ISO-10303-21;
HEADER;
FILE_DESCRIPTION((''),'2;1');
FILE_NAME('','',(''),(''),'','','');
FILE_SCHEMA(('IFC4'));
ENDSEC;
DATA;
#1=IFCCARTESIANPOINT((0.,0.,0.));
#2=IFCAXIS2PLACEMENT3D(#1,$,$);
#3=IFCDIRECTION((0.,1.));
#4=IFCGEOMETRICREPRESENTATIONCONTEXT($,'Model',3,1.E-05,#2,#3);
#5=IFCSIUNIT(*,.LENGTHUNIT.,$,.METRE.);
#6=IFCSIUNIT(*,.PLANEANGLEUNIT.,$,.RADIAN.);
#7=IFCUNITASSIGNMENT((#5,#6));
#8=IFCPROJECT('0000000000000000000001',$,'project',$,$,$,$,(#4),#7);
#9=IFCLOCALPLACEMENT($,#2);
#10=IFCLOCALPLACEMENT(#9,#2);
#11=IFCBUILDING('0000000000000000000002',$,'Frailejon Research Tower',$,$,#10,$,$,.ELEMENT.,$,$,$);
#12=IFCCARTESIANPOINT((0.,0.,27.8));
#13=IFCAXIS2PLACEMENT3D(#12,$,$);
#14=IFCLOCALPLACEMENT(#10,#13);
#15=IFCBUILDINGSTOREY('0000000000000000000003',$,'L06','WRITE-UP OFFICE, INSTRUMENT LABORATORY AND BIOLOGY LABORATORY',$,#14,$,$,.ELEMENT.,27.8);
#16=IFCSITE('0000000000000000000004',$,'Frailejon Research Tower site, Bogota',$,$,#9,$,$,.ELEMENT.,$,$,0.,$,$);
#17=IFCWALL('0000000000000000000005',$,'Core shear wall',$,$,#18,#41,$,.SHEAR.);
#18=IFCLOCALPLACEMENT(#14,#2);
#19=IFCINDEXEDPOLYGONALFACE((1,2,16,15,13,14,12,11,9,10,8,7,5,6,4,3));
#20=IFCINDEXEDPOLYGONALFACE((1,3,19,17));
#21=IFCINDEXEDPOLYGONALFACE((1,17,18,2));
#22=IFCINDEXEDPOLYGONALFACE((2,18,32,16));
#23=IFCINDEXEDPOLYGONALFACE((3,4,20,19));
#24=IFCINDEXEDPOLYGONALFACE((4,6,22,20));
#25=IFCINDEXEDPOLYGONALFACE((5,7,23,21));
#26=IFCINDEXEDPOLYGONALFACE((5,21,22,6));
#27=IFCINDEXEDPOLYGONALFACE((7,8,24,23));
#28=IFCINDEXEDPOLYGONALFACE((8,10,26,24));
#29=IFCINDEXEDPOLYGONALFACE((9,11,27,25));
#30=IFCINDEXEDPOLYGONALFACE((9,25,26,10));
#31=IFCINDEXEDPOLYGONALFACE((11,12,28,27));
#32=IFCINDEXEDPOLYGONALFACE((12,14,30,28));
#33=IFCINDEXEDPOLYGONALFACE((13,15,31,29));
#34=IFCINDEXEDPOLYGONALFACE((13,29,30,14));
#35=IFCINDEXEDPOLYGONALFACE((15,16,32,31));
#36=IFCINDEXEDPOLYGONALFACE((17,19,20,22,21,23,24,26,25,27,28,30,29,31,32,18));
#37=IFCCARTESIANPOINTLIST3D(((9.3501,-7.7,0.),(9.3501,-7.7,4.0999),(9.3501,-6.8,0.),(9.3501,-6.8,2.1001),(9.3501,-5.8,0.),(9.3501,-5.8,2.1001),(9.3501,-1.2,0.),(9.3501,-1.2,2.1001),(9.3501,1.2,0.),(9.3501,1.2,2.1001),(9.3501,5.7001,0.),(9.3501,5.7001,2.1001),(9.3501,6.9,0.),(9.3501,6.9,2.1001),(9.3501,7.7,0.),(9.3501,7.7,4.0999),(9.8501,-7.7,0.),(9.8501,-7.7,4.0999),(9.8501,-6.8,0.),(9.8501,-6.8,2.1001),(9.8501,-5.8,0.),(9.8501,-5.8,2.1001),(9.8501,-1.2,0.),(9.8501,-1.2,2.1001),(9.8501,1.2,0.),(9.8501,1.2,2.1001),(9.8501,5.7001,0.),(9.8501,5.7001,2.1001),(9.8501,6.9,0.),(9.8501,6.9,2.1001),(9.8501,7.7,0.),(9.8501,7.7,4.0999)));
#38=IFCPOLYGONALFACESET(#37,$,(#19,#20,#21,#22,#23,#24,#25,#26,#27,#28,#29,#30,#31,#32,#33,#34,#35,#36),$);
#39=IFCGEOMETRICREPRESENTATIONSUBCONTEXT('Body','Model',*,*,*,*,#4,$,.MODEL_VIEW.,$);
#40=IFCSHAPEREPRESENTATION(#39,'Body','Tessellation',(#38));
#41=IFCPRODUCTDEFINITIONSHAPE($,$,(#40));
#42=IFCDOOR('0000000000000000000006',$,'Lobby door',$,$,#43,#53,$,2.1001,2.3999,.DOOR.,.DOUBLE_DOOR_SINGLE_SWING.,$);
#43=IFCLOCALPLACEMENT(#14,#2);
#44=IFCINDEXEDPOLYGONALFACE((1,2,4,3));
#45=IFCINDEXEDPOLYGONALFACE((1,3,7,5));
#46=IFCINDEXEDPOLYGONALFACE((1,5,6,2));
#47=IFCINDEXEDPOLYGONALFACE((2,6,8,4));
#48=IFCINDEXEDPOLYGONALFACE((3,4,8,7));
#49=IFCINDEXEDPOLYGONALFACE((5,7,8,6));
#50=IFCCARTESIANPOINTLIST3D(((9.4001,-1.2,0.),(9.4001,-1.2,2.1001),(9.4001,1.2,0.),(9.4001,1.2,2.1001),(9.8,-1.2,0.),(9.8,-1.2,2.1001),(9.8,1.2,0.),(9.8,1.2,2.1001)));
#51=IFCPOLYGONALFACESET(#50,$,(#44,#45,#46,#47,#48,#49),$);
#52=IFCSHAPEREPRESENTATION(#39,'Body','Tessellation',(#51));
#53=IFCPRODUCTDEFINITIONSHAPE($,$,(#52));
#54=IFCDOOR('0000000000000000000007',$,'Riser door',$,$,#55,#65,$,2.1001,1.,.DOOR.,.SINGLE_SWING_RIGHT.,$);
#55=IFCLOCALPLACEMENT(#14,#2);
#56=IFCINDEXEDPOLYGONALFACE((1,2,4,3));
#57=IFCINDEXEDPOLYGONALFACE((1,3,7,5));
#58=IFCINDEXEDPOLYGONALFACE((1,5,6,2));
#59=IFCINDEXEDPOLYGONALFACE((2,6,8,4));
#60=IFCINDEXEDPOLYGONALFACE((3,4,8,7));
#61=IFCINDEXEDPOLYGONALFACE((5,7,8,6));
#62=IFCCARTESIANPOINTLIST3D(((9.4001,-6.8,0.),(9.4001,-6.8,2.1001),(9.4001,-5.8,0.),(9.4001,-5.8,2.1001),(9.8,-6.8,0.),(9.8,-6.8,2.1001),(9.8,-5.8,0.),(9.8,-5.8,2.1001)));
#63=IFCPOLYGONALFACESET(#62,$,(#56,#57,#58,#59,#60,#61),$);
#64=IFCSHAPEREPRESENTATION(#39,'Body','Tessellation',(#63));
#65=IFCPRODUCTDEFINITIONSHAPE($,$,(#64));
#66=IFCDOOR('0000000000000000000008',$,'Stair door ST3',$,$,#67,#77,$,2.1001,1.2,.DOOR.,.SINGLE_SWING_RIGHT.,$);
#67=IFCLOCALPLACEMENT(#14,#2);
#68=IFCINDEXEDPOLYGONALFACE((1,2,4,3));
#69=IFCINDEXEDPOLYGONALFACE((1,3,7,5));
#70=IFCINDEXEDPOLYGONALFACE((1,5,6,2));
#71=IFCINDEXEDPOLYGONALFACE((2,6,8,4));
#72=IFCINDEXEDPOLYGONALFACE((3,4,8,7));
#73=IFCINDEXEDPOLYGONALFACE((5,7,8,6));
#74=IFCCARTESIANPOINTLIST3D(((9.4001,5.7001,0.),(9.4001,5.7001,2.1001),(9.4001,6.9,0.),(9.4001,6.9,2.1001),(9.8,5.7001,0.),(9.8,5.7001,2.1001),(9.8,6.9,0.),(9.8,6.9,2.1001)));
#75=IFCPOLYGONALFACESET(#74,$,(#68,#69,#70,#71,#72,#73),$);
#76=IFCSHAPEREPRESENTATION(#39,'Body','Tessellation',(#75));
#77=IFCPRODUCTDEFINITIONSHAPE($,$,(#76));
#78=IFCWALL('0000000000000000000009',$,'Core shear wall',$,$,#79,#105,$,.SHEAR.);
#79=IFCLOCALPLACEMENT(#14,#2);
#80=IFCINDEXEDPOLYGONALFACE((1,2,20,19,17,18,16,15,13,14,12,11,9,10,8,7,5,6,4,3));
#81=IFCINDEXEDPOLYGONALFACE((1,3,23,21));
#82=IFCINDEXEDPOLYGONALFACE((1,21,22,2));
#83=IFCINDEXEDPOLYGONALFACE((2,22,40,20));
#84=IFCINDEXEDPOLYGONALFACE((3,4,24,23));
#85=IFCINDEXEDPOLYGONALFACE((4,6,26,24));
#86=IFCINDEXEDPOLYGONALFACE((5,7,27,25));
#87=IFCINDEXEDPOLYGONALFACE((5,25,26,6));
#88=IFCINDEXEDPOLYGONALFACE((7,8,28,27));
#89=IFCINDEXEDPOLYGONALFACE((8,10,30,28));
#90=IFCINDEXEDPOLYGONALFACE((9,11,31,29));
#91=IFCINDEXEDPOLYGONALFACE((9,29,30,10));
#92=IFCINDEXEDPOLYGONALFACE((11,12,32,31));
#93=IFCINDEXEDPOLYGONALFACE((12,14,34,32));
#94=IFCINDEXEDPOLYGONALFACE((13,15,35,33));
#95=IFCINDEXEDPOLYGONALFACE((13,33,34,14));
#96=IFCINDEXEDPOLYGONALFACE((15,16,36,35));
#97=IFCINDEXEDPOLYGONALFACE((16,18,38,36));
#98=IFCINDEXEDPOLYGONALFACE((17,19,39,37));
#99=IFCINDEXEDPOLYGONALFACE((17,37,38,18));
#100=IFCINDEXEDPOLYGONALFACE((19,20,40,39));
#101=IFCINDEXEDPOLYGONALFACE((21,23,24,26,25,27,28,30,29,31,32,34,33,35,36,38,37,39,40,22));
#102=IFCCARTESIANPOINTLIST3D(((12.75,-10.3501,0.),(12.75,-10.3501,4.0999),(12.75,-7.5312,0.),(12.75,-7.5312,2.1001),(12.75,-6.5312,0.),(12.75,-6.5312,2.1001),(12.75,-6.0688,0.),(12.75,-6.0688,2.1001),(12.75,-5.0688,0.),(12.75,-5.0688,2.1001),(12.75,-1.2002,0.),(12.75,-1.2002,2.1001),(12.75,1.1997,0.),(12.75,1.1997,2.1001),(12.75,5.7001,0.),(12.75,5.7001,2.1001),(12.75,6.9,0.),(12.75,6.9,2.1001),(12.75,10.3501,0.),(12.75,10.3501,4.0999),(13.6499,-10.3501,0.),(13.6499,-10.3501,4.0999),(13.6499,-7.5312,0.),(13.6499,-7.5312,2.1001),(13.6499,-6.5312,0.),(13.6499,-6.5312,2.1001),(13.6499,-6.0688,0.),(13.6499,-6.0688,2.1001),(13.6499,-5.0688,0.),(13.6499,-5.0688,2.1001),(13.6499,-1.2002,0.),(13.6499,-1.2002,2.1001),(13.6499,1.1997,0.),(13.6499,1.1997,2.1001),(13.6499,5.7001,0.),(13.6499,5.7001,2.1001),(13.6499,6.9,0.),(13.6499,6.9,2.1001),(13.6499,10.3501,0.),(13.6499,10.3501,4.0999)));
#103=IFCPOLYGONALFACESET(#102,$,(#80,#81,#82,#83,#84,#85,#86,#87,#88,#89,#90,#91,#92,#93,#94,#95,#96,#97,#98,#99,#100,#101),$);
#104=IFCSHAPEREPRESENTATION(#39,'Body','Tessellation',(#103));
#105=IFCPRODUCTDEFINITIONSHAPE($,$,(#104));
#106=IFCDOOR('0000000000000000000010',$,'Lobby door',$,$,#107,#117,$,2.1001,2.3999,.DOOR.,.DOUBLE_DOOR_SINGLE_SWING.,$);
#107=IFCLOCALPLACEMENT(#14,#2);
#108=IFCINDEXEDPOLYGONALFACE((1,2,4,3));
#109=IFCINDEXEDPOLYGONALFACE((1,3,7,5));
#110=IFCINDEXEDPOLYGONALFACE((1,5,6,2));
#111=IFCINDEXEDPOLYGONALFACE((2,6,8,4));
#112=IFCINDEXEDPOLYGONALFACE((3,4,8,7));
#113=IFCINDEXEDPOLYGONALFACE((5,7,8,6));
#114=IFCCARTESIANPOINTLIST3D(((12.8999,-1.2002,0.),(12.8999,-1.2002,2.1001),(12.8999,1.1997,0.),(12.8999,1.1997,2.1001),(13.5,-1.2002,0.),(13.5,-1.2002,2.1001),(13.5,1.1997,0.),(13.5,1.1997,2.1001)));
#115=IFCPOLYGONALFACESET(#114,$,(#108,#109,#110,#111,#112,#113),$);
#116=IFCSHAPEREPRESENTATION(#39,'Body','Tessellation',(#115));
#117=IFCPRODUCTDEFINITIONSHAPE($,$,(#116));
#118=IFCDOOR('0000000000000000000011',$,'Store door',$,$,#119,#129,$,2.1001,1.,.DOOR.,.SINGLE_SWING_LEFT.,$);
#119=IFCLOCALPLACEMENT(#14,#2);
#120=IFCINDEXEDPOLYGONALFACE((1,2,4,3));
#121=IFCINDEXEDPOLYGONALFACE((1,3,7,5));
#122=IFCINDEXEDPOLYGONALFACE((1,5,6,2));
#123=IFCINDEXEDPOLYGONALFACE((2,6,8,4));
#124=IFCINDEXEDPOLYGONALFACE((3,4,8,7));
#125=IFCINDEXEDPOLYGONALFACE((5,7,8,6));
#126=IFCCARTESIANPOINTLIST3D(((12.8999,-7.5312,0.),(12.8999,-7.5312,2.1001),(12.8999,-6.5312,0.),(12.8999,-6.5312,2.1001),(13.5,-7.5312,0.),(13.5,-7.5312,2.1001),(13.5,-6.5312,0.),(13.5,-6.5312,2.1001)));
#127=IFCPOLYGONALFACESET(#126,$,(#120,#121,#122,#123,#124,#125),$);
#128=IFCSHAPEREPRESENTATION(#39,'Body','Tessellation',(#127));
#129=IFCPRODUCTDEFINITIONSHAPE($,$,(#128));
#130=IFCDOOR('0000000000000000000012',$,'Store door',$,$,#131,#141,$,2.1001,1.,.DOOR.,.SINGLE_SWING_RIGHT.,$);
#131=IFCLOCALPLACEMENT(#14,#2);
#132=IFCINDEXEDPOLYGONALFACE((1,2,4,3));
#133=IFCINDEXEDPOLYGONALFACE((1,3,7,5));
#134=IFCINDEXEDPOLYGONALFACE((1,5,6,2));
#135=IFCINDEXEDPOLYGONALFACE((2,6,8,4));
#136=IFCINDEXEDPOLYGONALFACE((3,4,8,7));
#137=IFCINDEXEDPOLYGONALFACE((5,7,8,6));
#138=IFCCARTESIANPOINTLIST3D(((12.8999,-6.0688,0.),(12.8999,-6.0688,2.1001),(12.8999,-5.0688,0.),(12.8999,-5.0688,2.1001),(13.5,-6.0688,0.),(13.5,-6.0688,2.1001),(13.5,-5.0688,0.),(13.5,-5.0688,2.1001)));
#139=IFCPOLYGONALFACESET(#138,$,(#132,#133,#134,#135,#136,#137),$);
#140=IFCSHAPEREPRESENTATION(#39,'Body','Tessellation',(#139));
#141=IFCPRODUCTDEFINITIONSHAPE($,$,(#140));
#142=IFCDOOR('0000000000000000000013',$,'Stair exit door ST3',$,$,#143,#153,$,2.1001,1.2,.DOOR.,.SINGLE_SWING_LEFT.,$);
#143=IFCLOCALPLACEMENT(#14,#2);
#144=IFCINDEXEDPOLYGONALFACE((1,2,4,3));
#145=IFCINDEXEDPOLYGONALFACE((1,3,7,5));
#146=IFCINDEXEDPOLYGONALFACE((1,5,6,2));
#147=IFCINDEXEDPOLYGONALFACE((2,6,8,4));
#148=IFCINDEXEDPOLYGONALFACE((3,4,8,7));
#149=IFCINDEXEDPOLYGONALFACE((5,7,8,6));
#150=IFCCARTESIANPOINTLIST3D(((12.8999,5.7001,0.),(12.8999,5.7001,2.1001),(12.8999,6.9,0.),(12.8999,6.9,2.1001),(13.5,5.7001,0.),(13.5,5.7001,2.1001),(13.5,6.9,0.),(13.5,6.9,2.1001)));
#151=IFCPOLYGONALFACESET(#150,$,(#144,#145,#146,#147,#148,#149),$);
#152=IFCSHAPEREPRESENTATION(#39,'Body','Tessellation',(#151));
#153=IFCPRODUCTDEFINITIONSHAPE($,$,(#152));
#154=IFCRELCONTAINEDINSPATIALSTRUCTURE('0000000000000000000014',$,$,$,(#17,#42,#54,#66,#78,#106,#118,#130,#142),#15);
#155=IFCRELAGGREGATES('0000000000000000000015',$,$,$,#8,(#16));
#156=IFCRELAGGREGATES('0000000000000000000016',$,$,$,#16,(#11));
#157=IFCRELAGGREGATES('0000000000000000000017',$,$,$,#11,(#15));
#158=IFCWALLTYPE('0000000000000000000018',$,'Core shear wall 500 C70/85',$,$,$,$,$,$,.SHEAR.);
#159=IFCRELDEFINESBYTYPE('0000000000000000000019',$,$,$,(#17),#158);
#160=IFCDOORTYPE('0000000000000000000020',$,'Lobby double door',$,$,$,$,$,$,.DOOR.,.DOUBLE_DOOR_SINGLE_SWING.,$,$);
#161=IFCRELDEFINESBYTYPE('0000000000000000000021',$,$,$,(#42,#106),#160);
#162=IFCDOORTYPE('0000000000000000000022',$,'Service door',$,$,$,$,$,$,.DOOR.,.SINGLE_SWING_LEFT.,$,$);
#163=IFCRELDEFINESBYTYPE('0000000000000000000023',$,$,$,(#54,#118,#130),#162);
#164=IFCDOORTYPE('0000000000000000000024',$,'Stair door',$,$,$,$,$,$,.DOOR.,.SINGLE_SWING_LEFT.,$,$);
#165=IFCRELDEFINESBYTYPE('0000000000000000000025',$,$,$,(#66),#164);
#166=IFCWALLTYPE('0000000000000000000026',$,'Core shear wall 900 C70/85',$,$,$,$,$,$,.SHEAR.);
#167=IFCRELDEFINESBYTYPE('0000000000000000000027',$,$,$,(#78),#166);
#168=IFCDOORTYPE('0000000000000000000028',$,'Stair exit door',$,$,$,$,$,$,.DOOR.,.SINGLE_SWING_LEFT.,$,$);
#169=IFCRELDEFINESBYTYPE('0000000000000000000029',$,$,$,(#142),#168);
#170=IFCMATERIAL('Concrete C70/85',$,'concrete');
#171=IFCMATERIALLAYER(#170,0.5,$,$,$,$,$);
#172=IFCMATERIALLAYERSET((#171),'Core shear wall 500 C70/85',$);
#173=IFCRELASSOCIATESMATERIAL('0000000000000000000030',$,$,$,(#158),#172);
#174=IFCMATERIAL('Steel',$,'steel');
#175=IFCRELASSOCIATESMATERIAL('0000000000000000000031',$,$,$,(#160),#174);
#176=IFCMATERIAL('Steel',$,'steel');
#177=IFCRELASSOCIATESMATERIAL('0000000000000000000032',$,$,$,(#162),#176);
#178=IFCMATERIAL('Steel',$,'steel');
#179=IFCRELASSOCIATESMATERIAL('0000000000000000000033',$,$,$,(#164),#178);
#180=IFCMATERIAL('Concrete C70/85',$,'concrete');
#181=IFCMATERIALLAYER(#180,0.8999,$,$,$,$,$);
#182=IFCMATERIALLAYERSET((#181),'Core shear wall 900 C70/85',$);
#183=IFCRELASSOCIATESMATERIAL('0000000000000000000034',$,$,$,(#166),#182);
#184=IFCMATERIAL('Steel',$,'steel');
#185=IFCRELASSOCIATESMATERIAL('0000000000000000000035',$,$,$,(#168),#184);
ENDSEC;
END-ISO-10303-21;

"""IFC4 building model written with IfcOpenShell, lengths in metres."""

from ifc_helpers import new_model, si_unit, direction, frame, frame_2d, origin, place, context, subcontext, project, spatial, rectangle, extrude, material, layer, layer_set, type_object, element, fill, save


model = new_model("IFC4")

# Units and contexts
model_context = context("Model", 3, precision=1e-05, world=origin(), true_north=direction((0.0, 1.0)))
body_context = subcontext(model_context, "Body", "Model", "MODEL_VIEW")
ifc_project = project(units=[si_unit("LENGTHUNIT", "METRE"), si_unit("PLANEANGLEUNIT", "RADIAN")], contexts=[model_context])

# Site, building, storey
site_placement = place(None, origin())
site = spatial("IfcSite", under=ifc_project, at=site_placement, Name="Frailejon Research Tower site, Bogota", CompositionType="ELEMENT", RefElevation=0.0)
building_placement = place(site_placement, origin())
building = spatial("IfcBuilding", under=site, at=building_placement, Name="Frailejon Research Tower", CompositionType="ELEMENT")
storey_placement = place(building_placement, frame((0.0, 0.0, 27.8)))
storey = spatial("IfcBuildingStorey", under=building, at=storey_placement, Name="L06", Description="WRITE-UP OFFICE, INSTRUMENT LABORATORY AND BIOLOGY LABORATORY", CompositionType="ELEMENT", Elevation=27.8)

# Walls, openings, doors
ifc_material_1 = material(Name="Concrete C70/85", Category="concrete")
ifc_layer_1 = layer(ifc_material_1, 0.5)
ifc_layer_set_1 = layer_set([ifc_layer_1], Name="Core shear wall 500 C70/85")
wall_type_1 = type_object("IfcWallType", Name="Core shear wall 500 C70/85", PredefinedType="SHEAR", material=ifc_layer_set_1)
wall_1_placement = place(storey_placement, frame((9.6001, -7.7, 0.0), z_axis=(0.0, 0.0, 1.0), x_axis=(0.0, 1.0, 0.0)))
wall_1 = element("IfcWall", 1, at=wall_1_placement, inside=storey, type_object=wall_type_1, Name="Core shear wall", PredefinedType="SHEAR", context=body_context, shape_type="SweptSolid", body=[
    extrude(rectangle(XDim=15.3999, YDim=0.5, at=frame_2d((7.7, 0.0))), origin(), (0.0, 0.0, 1.0), 4.0999),
])
opening_1_placement = place(wall_1_placement, frame((6.5, 0.0, 0.0)))
opening_1 = element("IfcOpeningElement", 2, at=opening_1_placement, cuts=wall_1, PredefinedType="OPENING", context=body_context, shape_type="SweptSolid", body=[
    extrude(rectangle(XDim=2.3999, YDim=2.1001, at=frame_2d((1.2, 1.05))), frame((0.0, 0.26, 0.0), z_axis=(0.0, -1.0, 0.0), x_axis=(1.0, 0.0, 0.0)), (0.0, 0.0, 1.0), 0.52),
])
opening_2_placement = place(wall_1_placement, frame((13.3999, 0.0, 0.0)))
opening_2 = element("IfcOpeningElement", 3, at=opening_2_placement, cuts=wall_1, PredefinedType="OPENING", context=body_context, shape_type="SweptSolid", body=[
    extrude(rectangle(XDim=1.2, YDim=2.1001, at=frame_2d((0.6001, 1.05))), frame((0.0, 0.26, 0.0), z_axis=(0.0, -1.0, 0.0), x_axis=(1.0, 0.0, 0.0)), (0.0, 0.0, 1.0), 0.52),
])
opening_3_placement = place(wall_1_placement, frame((0.8999, 0.0, 0.0)))
opening_3 = element("IfcOpeningElement", 4, at=opening_3_placement, cuts=wall_1, PredefinedType="OPENING", context=body_context, shape_type="SweptSolid", body=[
    extrude(rectangle(XDim=1.0, YDim=2.1001, at=frame_2d((0.5, 1.05))), frame((0.0, 0.26, 0.0), z_axis=(0.0, -1.0, 0.0), x_axis=(1.0, 0.0, 0.0)), (0.0, 0.0, 1.0), 0.52),
])
ifc_material_2 = material(Name="Steel", Category="steel")
door_type_1 = type_object("IfcDoorType", Name="Lobby double door", OperationType="DOUBLE_DOOR_SINGLE_SWING", PredefinedType="DOOR", material=ifc_material_2)
door_1_placement = place(opening_1_placement, origin())
door_1 = element("IfcDoor", 5, at=door_1_placement, inside=storey, type_object=door_type_1, Name="Lobby door", OperationType="DOUBLE_DOOR_SINGLE_SWING", OverallHeight=2.1001, OverallWidth=2.3999, PredefinedType="DOOR", context=body_context, shape_type="SweptSolid", body=[
    extrude(rectangle(XDim=2.3999, YDim=2.1001, at=frame_2d((1.2, 1.05))), frame((0.0, 0.2, 0.0), z_axis=(0.0, -1.0, 0.0), x_axis=(1.0, 0.0, 0.0)), (0.0, 0.0, 1.0), 0.3999),
])
fill(opening_1, door_1)
ifc_material_3 = material(Name="Steel", Category="steel")
door_type_2 = type_object("IfcDoorType", Name="Service door", OperationType="SINGLE_SWING_LEFT", PredefinedType="DOOR", material=ifc_material_3)
door_2_placement = place(opening_3_placement, origin())
door_2 = element("IfcDoor", 6, at=door_2_placement, inside=storey, type_object=door_type_2, Name="Riser door", OperationType="SINGLE_SWING_RIGHT", OverallHeight=2.1001, OverallWidth=1.0, PredefinedType="DOOR", context=body_context, shape_type="SweptSolid", body=[
    extrude(rectangle(XDim=1.0, YDim=2.1001, at=frame_2d((0.5, 1.05))), frame((0.0, 0.2, 0.0), z_axis=(0.0, -1.0, 0.0), x_axis=(1.0, 0.0, 0.0)), (0.0, 0.0, 1.0), 0.3999),
])
fill(opening_3, door_2)
ifc_material_4 = material(Name="Steel", Category="steel")
door_type_3 = type_object("IfcDoorType", Name="Stair door", OperationType="SINGLE_SWING_LEFT", PredefinedType="DOOR", material=ifc_material_4)
door_3_placement = place(opening_2_placement, origin())
door_3 = element("IfcDoor", 7, at=door_3_placement, inside=storey, type_object=door_type_3, Name="Stair door ST3", OperationType="SINGLE_SWING_RIGHT", OverallHeight=2.1001, OverallWidth=1.2, PredefinedType="DOOR", context=body_context, shape_type="SweptSolid", body=[
    extrude(rectangle(XDim=1.2, YDim=2.1001, at=frame_2d((0.6001, 1.05))), frame((0.0, 0.2, 0.0), z_axis=(0.0, -1.0, 0.0), x_axis=(1.0, 0.0, 0.0)), (0.0, 0.0, 1.0), 0.3999),
])
fill(opening_2, door_3)
ifc_material_5 = material(Name="Concrete C70/85", Category="concrete")
ifc_layer_2 = layer(ifc_material_5, 0.8999)
ifc_layer_set_2 = layer_set([ifc_layer_2], Name="Core shear wall 900 C70/85")
wall_type_2 = type_object("IfcWallType", Name="Core shear wall 900 C70/85", PredefinedType="SHEAR", material=ifc_layer_set_2)
wall_2_placement = place(storey_placement, frame((13.2, -10.3501, 0.0), z_axis=(0.0, 0.0, 1.0), x_axis=(0.0, 1.0, 0.0)))
wall_2 = element("IfcWall", 8, at=wall_2_placement, inside=storey, type_object=wall_type_2, Name="Core shear wall", PredefinedType="SHEAR", context=body_context, shape_type="SweptSolid", body=[
    extrude(rectangle(XDim=20.7002, YDim=0.8999, at=frame_2d((10.3501, 0.0))), origin(), (0.0, 0.0, 1.0), 4.0999),
])
opening_4_placement = place(wall_2_placement, frame((9.1499, 0.0, 0.0)))
opening_4 = element("IfcOpeningElement", 9, at=opening_4_placement, cuts=wall_2, PredefinedType="OPENING", context=body_context, shape_type="SweptSolid", body=[
    extrude(rectangle(XDim=2.3999, YDim=2.1001, at=frame_2d((1.2, 1.05))), frame((0.0, 0.46, 0.0), z_axis=(0.0, -1.0, 0.0), x_axis=(1.0, 0.0, 0.0)), (0.0, 0.0, 1.0), 0.9199),
])
opening_5_placement = place(wall_2_placement, frame((16.05, 0.0, 0.0)))
opening_5 = element("IfcOpeningElement", 10, at=opening_5_placement, cuts=wall_2, PredefinedType="OPENING", context=body_context, shape_type="SweptSolid", body=[
    extrude(rectangle(XDim=1.2, YDim=2.1001, at=frame_2d((0.6001, 1.05))), frame((0.0, 0.46, 0.0), z_axis=(0.0, -1.0, 0.0), x_axis=(1.0, 0.0, 0.0)), (0.0, 0.0, 1.0), 0.9199),
])
opening_6_placement = place(wall_2_placement, frame((2.8188, 0.0, 0.0)))
opening_6 = element("IfcOpeningElement", 11, at=opening_6_placement, cuts=wall_2, PredefinedType="OPENING", context=body_context, shape_type="SweptSolid", body=[
    extrude(rectangle(XDim=1.0, YDim=2.1001, at=frame_2d((0.5, 1.05))), frame((0.0, 0.46, 0.0), z_axis=(0.0, -1.0, 0.0), x_axis=(1.0, 0.0, 0.0)), (0.0, 0.0, 1.0), 0.9199),
])
opening_7_placement = place(wall_2_placement, frame((4.2812, 0.0, 0.0)))
opening_7 = element("IfcOpeningElement", 12, at=opening_7_placement, cuts=wall_2, PredefinedType="OPENING", context=body_context, shape_type="SweptSolid", body=[
    extrude(rectangle(XDim=1.0, YDim=2.1001, at=frame_2d((0.5, 1.05))), frame((0.0, 0.46, 0.0), z_axis=(0.0, -1.0, 0.0), x_axis=(1.0, 0.0, 0.0)), (0.0, 0.0, 1.0), 0.9199),
])
door_4_placement = place(opening_4_placement, origin())
door_4 = element("IfcDoor", 13, at=door_4_placement, inside=storey, type_object=door_type_1, Name="Lobby door", OperationType="DOUBLE_DOOR_SINGLE_SWING", OverallHeight=2.1001, OverallWidth=2.3999, PredefinedType="DOOR", context=body_context, shape_type="SweptSolid", body=[
    extrude(rectangle(XDim=2.3999, YDim=2.1001, at=frame_2d((1.2, 1.05))), frame((0.0, 0.3, 0.0), z_axis=(0.0, -1.0, 0.0), x_axis=(1.0, 0.0, 0.0)), (0.0, 0.0, 1.0), 0.6001),
])
fill(opening_4, door_4)
door_5_placement = place(opening_6_placement, origin())
door_5 = element("IfcDoor", 14, at=door_5_placement, inside=storey, type_object=door_type_2, Name="Store door", OperationType="SINGLE_SWING_LEFT", OverallHeight=2.1001, OverallWidth=1.0, PredefinedType="DOOR", context=body_context, shape_type="SweptSolid", body=[
    extrude(rectangle(XDim=1.0, YDim=2.1001, at=frame_2d((0.5, 1.05))), frame((0.0, 0.3, 0.0), z_axis=(0.0, -1.0, 0.0), x_axis=(1.0, 0.0, 0.0)), (0.0, 0.0, 1.0), 0.6001),
])
fill(opening_6, door_5)
door_6_placement = place(opening_7_placement, origin())
door_6 = element("IfcDoor", 15, at=door_6_placement, inside=storey, type_object=door_type_2, Name="Store door", OperationType="SINGLE_SWING_RIGHT", OverallHeight=2.1001, OverallWidth=1.0, PredefinedType="DOOR", context=body_context, shape_type="SweptSolid", body=[
    extrude(rectangle(XDim=1.0, YDim=2.1001, at=frame_2d((0.5, 1.05))), frame((0.0, 0.3, 0.0), z_axis=(0.0, -1.0, 0.0), x_axis=(1.0, 0.0, 0.0)), (0.0, 0.0, 1.0), 0.6001),
])
fill(opening_7, door_6)
ifc_material_6 = material(Name="Steel", Category="steel")
door_type_4 = type_object("IfcDoorType", Name="Stair exit door", OperationType="SINGLE_SWING_LEFT", PredefinedType="DOOR", material=ifc_material_6)
door_7_placement = place(opening_5_placement, origin())
door_7 = element("IfcDoor", 16, at=door_7_placement, inside=storey, type_object=door_type_4, Name="Stair exit door ST3", OperationType="SINGLE_SWING_LEFT", OverallHeight=2.1001, OverallWidth=1.2, PredefinedType="DOOR", context=body_context, shape_type="SweptSolid", body=[
    extrude(rectangle(XDim=1.2, YDim=2.1001, at=frame_2d((0.6001, 1.05))), frame((0.0, 0.3, 0.0), z_axis=(0.0, -1.0, 0.0), x_axis=(1.0, 0.0, 0.0)), (0.0, 0.0, 1.0), 0.6001),
])
fill(opening_5, door_7)

save(model, "model.ifc")
